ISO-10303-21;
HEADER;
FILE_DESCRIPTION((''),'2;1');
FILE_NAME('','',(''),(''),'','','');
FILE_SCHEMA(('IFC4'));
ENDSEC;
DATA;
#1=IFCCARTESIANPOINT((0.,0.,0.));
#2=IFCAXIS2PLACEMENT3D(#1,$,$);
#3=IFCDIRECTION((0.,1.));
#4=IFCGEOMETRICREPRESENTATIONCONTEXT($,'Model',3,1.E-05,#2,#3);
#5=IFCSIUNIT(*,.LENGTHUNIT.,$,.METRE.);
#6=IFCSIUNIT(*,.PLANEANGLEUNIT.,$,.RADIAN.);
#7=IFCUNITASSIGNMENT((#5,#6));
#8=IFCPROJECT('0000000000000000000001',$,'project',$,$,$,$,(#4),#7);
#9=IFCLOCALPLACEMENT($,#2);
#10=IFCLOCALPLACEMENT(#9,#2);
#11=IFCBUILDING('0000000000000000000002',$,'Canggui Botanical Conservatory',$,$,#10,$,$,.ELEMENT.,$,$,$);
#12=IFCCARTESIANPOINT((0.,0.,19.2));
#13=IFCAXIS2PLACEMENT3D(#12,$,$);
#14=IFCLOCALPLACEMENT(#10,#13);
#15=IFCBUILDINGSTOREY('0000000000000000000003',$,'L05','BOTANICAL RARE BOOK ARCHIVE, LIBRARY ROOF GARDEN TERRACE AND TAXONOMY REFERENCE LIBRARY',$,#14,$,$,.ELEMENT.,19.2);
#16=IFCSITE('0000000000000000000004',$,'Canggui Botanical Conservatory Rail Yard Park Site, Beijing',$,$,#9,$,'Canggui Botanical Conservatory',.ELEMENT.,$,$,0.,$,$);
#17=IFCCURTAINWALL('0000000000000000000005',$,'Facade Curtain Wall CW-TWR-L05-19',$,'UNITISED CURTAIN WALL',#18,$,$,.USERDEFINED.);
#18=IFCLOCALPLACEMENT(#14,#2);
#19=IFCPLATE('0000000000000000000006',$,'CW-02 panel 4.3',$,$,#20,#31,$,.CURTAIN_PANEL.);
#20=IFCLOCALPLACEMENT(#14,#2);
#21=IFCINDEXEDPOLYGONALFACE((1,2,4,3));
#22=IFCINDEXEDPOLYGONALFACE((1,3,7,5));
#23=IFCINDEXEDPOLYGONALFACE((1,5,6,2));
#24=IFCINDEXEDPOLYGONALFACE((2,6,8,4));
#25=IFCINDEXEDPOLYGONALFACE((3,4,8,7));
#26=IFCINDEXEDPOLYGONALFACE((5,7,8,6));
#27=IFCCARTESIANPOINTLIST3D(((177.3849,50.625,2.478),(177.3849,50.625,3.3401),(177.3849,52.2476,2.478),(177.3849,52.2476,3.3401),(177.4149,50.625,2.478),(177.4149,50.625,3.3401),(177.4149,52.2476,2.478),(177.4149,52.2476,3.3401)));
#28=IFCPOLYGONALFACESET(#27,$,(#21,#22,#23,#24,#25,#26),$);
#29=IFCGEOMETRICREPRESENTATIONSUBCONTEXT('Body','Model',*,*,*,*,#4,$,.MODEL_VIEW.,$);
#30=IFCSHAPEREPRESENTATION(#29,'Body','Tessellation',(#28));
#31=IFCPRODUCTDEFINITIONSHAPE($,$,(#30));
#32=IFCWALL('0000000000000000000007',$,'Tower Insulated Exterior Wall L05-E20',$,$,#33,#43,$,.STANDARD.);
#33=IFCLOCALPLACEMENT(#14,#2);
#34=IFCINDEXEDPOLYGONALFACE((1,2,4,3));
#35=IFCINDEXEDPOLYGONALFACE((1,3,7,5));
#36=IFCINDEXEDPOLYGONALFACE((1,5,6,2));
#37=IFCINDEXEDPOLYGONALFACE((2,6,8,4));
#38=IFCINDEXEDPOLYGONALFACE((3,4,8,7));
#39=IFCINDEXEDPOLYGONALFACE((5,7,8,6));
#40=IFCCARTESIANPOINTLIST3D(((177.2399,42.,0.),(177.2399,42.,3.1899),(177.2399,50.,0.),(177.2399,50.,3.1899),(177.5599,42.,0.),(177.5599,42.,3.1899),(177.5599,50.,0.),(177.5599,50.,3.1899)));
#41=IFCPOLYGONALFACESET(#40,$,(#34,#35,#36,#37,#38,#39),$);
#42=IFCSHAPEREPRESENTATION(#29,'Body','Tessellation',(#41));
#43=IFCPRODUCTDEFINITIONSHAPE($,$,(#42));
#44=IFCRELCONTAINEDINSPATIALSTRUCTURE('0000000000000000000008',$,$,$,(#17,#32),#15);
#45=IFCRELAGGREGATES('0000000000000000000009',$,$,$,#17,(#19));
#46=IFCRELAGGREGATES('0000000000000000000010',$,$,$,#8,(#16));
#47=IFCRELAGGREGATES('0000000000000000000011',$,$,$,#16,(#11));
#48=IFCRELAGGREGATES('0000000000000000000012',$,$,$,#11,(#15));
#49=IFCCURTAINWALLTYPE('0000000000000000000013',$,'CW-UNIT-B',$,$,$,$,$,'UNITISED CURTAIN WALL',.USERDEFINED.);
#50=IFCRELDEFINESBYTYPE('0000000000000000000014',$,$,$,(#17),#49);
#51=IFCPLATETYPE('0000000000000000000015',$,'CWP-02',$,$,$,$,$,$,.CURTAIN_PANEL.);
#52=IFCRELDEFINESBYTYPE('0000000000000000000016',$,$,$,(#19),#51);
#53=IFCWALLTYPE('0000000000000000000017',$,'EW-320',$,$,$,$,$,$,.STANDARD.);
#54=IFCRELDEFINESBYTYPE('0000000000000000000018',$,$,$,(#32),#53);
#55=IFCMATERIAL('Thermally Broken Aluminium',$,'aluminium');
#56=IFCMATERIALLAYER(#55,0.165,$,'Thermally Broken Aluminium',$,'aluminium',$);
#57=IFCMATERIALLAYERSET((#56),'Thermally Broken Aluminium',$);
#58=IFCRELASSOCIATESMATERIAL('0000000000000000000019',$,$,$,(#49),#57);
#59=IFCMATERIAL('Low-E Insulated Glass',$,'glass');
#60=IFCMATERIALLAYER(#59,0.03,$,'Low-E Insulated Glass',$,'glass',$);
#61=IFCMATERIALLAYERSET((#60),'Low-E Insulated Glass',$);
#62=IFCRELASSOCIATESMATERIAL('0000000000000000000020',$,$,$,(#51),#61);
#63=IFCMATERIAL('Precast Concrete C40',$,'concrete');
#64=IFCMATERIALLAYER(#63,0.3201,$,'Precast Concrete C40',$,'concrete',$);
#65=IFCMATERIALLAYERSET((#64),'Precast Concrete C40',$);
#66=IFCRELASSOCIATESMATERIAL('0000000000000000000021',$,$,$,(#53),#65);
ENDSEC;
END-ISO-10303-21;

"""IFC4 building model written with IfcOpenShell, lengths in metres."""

from ifc_helpers import new_model, si_unit, direction, frame, frame_2d, origin, origin_2d, place, context, subcontext, project, spatial, rectangle, extrude, material, layer, layer_set, type_object, element, aggregate, save


model = new_model("IFC4")

# Units and contexts
model_context = context("Model", 3, precision=1e-05, world=origin(), true_north=direction((0.0, 1.0)))
body_context = subcontext(model_context, "Body", "Model", "MODEL_VIEW")
ifc_project = project(units=[si_unit("LENGTHUNIT", "METRE"), si_unit("PLANEANGLEUNIT", "RADIAN")], contexts=[model_context])

# Site, building, storey
site_placement = place(None, origin())
site = spatial("IfcSite", under=ifc_project, at=site_placement, Name="Canggui Botanical Conservatory Rail Yard Park Site, Beijing", LongName="Canggui Botanical Conservatory", CompositionType="ELEMENT", RefElevation=0.0)
building_placement = place(site_placement, origin())
building = spatial("IfcBuilding", under=site, at=building_placement, Name="Canggui Botanical Conservatory", CompositionType="ELEMENT")
storey_placement = place(building_placement, frame((0.0, 0.0, 19.2)))
storey = spatial("IfcBuildingStorey", under=building, at=storey_placement, Name="L05", Description="BOTANICAL RARE BOOK ARCHIVE, LIBRARY ROOF GARDEN TERRACE AND TAXONOMY REFERENCE LIBRARY", CompositionType="ELEMENT", Elevation=19.2)

# Curtain wall, plate
ifc_material_1 = material(Name="Thermally Broken Aluminium", Category="aluminium")
ifc_layer_1 = layer(ifc_material_1, 0.165, Name="Thermally Broken Aluminium", Category="aluminium")
ifc_layer_set_1 = layer_set([ifc_layer_1], Name="Thermally Broken Aluminium")
curtain_wall_type = type_object("IfcCurtainWallType", Name="CW-UNIT-B", ElementType="UNITISED CURTAIN WALL", PredefinedType="USERDEFINED", material=ifc_layer_set_1)
curtain_wall_placement = place(storey_placement, origin())
curtain_wall = element("IfcCurtainWall", 1, at=curtain_wall_placement, inside=storey, type_object=curtain_wall_type, Name="Facade Curtain Wall CW-TWR-L05-19", ObjectType="UNITISED CURTAIN WALL", PredefinedType="USERDEFINED")
ifc_material_2 = material(Name="Low-E Insulated Glass", Category="glass")
ifc_layer_2 = layer(ifc_material_2, 0.03, Name="Low-E Insulated Glass", Category="glass")
ifc_layer_set_2 = layer_set([ifc_layer_2], Name="Low-E Insulated Glass")
plate_type = type_object("IfcPlateType", Name="CWP-02", PredefinedType="CURTAIN_PANEL", material=ifc_layer_set_2)
plate_1_placement = place(storey_placement, frame((177.3999, 51.4363, 2.478), z_axis=(0.0, 0.0, 1.0), x_axis=(0.0, -1.0, 0.0)))
plate_1 = element("IfcPlate", 2, at=plate_1_placement, type_object=plate_type, Name="CW-02 panel 4.3", PredefinedType="CURTAIN_PANEL", context=body_context, shape_type="SweptSolid", body=[
    extrude(rectangle(XDim=1.6226, YDim=0.03, at=origin_2d()), origin(), (0.0, 0.0, 1.0), 0.8621),
])
aggregate(curtain_wall, [plate_1])

# Wall
ifc_material_3 = material(Name="Precast Concrete C40", Category="concrete")
ifc_layer_3 = layer(ifc_material_3, 0.3201, Name="Precast Concrete C40", Category="concrete")
ifc_layer_set_3 = layer_set([ifc_layer_3], Name="Precast Concrete C40")
wall_type = type_object("IfcWallType", Name="EW-320", PredefinedType="STANDARD", material=ifc_layer_set_3)
wall_placement = place(storey_placement, frame((177.3999, 50.0, 0.0), z_axis=(0.0, 0.0, 1.0), x_axis=(0.0, -1.0, 0.0)))
element("IfcWall", 3, at=wall_placement, inside=storey, type_object=wall_type, Name="Tower Insulated Exterior Wall L05-E20", PredefinedType="STANDARD", context=body_context, shape_type="SweptSolid", body=[
    extrude(rectangle(XDim=8.0, YDim=0.3201, at=frame_2d((4.0, 0.0))), origin(), (0.0, 0.0, 1.0), 3.1899),
])

save(model, "model.ifc")
